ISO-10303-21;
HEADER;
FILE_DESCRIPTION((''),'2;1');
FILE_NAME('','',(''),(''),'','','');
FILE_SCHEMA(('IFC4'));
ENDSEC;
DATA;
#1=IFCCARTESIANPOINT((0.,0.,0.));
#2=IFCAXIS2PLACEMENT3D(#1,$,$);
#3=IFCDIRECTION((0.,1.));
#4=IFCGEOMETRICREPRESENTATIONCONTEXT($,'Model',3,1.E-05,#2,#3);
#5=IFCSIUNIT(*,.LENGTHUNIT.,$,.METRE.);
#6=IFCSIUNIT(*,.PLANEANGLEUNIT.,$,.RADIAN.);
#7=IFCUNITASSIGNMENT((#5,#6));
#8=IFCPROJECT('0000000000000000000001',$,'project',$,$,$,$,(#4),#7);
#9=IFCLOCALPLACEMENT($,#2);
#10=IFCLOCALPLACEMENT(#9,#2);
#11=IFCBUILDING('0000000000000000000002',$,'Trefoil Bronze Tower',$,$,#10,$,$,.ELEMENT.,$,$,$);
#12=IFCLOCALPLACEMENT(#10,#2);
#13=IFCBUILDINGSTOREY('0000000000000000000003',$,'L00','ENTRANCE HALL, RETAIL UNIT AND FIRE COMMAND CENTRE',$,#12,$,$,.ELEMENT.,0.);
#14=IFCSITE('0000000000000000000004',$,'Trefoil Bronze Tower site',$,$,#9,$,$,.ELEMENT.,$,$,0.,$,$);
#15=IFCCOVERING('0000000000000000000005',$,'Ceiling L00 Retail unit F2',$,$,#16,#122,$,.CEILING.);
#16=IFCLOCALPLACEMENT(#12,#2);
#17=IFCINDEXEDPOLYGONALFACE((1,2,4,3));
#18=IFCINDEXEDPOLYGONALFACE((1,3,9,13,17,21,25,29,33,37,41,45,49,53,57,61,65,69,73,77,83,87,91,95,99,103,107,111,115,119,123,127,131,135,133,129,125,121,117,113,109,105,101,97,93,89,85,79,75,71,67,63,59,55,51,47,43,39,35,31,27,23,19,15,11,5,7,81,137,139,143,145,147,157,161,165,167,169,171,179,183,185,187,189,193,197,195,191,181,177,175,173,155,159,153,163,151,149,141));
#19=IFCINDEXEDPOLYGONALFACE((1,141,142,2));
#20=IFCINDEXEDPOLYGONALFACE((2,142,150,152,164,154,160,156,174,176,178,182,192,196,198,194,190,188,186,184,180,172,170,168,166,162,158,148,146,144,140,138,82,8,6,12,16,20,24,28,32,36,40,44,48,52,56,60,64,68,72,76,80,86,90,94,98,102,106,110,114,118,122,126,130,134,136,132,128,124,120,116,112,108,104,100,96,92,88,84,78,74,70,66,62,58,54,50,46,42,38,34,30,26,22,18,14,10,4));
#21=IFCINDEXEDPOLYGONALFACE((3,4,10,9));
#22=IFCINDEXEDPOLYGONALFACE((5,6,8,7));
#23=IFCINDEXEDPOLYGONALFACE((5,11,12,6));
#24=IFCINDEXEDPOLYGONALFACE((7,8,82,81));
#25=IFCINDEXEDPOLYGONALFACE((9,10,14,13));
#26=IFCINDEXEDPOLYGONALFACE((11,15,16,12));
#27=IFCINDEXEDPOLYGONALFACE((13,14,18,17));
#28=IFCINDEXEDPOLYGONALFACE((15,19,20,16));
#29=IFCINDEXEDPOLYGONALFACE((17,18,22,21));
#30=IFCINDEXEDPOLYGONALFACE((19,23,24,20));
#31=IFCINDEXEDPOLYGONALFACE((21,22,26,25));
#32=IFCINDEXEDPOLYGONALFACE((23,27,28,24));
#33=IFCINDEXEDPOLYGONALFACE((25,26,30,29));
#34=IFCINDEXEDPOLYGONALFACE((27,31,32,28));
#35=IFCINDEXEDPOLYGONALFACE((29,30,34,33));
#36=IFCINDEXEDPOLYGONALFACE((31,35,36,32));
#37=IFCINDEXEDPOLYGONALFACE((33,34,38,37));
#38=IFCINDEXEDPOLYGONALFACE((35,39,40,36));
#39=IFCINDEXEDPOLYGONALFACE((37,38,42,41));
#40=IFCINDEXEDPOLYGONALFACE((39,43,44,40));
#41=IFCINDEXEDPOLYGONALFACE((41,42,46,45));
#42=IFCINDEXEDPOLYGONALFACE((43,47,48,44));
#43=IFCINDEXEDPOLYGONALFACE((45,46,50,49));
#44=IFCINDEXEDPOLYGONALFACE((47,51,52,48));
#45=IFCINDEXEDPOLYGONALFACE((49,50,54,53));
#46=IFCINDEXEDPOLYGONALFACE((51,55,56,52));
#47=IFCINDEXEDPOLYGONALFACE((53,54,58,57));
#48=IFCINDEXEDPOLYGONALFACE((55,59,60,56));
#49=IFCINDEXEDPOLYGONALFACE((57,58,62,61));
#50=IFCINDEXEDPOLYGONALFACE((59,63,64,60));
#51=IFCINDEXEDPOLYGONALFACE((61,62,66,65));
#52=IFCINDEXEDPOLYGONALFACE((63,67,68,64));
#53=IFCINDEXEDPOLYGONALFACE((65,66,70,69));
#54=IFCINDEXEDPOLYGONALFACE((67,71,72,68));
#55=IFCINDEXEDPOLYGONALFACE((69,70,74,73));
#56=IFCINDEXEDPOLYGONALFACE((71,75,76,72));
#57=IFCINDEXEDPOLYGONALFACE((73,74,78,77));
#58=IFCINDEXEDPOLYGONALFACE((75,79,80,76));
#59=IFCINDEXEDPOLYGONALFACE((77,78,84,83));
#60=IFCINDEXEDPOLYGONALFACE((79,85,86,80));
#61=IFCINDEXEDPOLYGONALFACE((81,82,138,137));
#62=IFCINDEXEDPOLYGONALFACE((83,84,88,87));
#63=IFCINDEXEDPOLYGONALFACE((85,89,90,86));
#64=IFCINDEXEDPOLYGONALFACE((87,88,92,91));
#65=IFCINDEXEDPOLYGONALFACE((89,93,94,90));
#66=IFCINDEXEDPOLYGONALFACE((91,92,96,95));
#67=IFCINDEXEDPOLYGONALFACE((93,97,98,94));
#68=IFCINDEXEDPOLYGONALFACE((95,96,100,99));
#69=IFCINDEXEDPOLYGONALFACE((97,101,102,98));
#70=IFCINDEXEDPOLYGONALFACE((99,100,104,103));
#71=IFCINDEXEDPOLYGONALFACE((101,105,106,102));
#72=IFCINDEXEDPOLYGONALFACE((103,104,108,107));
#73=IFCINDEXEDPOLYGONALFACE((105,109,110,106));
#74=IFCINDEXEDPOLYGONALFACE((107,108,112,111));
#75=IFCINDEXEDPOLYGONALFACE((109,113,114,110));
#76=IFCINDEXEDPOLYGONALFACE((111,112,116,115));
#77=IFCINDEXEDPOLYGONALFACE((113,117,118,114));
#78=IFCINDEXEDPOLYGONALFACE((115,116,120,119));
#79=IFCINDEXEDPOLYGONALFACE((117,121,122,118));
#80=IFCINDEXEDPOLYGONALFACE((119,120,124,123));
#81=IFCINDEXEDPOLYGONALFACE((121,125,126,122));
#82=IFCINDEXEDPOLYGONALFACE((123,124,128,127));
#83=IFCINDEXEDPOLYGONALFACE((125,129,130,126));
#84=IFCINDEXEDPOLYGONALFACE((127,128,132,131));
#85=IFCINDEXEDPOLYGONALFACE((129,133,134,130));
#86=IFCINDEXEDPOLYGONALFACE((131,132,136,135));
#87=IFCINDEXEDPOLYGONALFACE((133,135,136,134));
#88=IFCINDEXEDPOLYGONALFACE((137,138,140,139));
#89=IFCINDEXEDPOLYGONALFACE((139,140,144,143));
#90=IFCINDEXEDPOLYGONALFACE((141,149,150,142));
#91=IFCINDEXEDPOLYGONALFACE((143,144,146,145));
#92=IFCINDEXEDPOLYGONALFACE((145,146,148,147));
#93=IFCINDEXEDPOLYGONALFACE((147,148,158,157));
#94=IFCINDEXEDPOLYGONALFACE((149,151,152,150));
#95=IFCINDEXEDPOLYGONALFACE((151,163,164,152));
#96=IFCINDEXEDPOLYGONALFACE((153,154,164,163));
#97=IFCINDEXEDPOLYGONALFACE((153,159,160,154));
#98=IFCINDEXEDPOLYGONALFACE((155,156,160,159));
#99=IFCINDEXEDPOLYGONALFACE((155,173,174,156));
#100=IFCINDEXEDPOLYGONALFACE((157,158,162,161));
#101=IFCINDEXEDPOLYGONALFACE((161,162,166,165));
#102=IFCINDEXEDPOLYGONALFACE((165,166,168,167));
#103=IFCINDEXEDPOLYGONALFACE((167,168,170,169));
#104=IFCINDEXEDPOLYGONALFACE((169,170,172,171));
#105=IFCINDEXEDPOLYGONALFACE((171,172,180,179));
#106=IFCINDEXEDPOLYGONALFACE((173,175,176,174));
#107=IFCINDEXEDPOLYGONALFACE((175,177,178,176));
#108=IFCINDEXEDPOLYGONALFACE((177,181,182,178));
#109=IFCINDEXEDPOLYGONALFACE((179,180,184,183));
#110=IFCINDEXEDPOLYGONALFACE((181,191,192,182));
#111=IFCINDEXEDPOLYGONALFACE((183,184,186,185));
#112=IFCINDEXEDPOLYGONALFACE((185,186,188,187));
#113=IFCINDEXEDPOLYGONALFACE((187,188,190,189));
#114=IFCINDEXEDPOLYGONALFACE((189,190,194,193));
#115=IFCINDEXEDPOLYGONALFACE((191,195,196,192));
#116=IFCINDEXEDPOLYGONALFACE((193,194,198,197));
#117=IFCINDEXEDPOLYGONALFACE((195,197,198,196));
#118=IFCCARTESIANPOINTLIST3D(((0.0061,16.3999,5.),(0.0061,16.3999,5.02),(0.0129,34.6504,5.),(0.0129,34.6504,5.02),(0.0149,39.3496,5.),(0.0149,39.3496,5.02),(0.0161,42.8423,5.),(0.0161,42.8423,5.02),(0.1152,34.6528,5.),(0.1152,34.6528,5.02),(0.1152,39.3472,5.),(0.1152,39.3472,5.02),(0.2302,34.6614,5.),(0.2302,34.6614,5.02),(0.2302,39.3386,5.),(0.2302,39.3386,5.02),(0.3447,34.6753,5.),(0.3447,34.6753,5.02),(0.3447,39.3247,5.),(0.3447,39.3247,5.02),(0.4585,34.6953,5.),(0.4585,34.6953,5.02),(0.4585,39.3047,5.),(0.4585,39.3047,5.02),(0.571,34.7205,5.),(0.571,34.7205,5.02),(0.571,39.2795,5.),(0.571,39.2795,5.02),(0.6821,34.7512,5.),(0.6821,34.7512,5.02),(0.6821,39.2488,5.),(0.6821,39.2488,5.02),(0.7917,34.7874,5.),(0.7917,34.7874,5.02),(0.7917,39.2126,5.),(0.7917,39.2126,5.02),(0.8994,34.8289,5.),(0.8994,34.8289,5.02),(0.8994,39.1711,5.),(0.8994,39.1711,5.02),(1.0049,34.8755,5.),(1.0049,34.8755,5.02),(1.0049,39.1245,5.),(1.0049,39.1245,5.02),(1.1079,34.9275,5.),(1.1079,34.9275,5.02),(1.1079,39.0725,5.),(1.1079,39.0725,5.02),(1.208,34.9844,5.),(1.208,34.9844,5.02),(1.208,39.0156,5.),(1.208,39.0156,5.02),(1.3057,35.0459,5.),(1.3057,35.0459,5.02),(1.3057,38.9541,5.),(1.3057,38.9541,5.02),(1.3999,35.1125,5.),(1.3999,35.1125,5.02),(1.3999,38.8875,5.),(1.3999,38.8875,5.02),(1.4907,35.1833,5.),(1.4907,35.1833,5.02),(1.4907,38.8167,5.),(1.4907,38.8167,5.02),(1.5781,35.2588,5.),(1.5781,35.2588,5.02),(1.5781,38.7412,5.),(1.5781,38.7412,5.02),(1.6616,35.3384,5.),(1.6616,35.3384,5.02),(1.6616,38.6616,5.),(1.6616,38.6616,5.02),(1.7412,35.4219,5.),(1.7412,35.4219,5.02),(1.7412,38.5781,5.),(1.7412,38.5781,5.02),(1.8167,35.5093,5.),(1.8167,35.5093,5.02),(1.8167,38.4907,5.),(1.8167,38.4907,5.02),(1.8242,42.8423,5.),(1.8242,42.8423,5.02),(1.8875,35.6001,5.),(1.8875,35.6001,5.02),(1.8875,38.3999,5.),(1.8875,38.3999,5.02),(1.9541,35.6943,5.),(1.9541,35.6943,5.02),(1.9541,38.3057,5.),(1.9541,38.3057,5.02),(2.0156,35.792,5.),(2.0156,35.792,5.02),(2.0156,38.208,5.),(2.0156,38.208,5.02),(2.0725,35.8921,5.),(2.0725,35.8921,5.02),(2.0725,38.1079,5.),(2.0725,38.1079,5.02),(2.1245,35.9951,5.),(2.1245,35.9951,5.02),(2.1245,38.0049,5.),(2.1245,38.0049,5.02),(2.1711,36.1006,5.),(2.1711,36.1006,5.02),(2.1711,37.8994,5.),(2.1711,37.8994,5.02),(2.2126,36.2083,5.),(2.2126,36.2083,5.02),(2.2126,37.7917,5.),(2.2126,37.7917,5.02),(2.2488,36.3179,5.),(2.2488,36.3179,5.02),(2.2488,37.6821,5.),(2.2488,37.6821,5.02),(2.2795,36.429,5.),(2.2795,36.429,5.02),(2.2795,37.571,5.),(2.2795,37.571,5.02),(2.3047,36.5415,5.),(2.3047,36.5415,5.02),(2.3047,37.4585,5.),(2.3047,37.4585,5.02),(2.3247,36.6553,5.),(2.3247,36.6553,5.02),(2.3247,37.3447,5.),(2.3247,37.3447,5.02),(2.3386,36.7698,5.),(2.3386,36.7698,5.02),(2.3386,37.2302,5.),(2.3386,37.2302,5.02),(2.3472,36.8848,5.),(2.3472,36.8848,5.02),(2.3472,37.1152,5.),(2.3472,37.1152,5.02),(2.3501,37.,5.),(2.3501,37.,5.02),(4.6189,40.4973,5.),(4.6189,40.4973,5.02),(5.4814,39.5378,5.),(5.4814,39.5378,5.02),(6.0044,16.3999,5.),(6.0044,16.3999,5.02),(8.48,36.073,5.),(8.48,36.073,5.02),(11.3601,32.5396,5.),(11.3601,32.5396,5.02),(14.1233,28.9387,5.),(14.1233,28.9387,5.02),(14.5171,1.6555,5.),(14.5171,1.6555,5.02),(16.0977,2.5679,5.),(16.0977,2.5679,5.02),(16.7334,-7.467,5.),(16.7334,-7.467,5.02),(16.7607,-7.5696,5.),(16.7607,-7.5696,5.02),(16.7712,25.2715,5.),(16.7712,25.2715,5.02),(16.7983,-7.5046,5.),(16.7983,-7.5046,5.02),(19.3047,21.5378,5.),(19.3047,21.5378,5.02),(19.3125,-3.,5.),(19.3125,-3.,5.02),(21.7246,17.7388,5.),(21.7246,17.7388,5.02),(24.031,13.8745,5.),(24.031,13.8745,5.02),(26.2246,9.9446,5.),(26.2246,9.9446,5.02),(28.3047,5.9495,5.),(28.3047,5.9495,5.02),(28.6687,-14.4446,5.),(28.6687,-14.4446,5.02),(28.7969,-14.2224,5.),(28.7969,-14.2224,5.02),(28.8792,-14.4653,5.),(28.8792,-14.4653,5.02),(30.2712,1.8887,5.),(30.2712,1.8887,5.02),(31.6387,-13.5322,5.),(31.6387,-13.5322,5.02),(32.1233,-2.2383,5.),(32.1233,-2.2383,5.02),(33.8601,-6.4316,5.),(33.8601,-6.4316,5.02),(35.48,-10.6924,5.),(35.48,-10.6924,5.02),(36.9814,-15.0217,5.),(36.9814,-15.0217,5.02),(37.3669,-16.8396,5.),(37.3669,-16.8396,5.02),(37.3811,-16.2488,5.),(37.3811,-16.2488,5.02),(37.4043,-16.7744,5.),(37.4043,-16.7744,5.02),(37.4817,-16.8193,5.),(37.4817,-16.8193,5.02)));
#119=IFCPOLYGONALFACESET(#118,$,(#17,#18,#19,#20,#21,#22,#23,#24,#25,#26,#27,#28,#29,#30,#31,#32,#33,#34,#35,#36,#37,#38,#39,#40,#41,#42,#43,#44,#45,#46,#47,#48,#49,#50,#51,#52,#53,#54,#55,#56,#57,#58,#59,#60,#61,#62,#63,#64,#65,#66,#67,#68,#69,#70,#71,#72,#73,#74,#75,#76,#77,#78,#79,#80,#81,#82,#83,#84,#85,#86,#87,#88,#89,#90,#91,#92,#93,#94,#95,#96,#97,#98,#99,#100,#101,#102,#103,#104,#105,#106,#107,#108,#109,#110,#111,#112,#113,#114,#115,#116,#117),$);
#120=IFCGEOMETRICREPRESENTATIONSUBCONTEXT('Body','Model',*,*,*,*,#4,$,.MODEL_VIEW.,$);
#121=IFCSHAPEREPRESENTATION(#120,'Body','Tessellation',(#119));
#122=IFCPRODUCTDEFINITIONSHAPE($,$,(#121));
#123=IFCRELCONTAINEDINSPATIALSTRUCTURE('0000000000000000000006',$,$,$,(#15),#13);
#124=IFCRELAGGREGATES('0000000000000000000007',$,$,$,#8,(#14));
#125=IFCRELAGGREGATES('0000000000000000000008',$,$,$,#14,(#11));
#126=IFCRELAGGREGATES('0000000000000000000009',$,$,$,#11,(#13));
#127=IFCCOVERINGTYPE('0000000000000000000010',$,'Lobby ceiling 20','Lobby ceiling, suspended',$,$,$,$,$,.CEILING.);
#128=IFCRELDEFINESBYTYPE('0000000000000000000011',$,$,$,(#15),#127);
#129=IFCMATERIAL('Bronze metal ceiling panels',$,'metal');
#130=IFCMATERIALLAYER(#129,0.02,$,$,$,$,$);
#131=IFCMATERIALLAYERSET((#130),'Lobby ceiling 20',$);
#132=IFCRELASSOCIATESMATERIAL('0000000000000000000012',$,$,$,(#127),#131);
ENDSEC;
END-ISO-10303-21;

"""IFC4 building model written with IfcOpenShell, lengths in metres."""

from ifc_helpers import new_model, si_unit, direction, frame, origin, place, context, subcontext, project, spatial, polyline, outline, extrude, material, layer, layer_set, type_object, element, save


model = new_model("IFC4")

# Units and contexts
model_context = context("Model", 3, precision=1e-05, world=origin(), true_north=direction((0.0, 1.0)))
body_context = subcontext(model_context, "Body", "Model", "MODEL_VIEW")
ifc_project = project(units=[si_unit("LENGTHUNIT", "METRE"), si_unit("PLANEANGLEUNIT", "RADIAN")], contexts=[model_context])

# Site, building, storey
site_placement = place(None, origin())
site = spatial("IfcSite", under=ifc_project, at=site_placement, Name="Trefoil Bronze Tower site", CompositionType="ELEMENT", RefElevation=0.0)
building_placement = place(site_placement, origin())
building = spatial("IfcBuilding", under=site, at=building_placement, Name="Trefoil Bronze Tower", CompositionType="ELEMENT")
storey_placement = place(building_placement, origin())
storey = spatial("IfcBuildingStorey", under=building, at=storey_placement, Name="L00", Description="ENTRANCE HALL, RETAIL UNIT AND FIRE COMMAND CENTRE", CompositionType="ELEMENT", Elevation=0.0)

# Covering
ifc_material_1 = material(Name="Bronze metal ceiling panels", Category="metal")
ifc_layer_1 = layer(ifc_material_1, 0.02)
ifc_layer_set_1 = layer_set([ifc_layer_1], Name="Lobby ceiling 20")
covering_type = type_object("IfcCoveringType", Name="Lobby ceiling 20", Description="Lobby ceiling, suspended", PredefinedType="CEILING", material=ifc_layer_set_1)
covering_1_placement = place(storey_placement, frame((0.0, 0.0, 5.0)))
element("IfcCovering", 1, at=covering_1_placement, inside=storey, type_object=covering_type, Name="Ceiling L00 Retail unit F2", PredefinedType="CEILING", context=body_context, shape_type="SweptSolid", body=[
    extrude(outline(polyline([(8.48, 36.073), (11.3601, 32.5396), (14.1233, 28.9387), (16.7712, 25.2715), (19.3047, 21.5378), (21.7246, 17.7388), (24.031, 13.8745), (26.2246, 9.9446), (28.3047, 5.9495), (30.2712, 1.8887), (32.1233, -2.2383), (33.8601, -6.4316), (35.48, -10.6924), (36.9814, -15.0217), (37.3811, -16.2488), (37.4817, -16.8193), (37.4043, -16.7744), (37.3669, -16.8396), (31.6387, -13.5322), (28.8792, -14.4653), (28.7969, -14.2224), (28.6687, -14.4446), (16.7607, -7.5696), (16.7983, -7.5046), (16.7334, -7.467), (19.3125, -3.0), (16.0977, 2.5679), (14.5171, 1.6555), (6.0044, 16.3999), (0.0061, 16.3999), (0.0129, 34.6504), (0.1152, 34.6528), (0.2302, 34.6614), (0.3447, 34.6753), (0.4585, 34.6953), (0.571, 34.7205), (0.6821, 34.7512), (0.7917, 34.7874), (0.8994, 34.8289), (1.0049, 34.8755), (1.1079, 34.9275), (1.208, 34.9844), (1.3057, 35.0459), (1.3999, 35.1125), (1.4907, 35.1833), (1.5781, 35.2588), (1.6616, 35.3384), (1.7412, 35.4219), (1.8167, 35.5093), (1.8875, 35.6001), (1.9541, 35.6943), (2.0156, 35.792), (2.0725, 35.8921), (2.1245, 35.9951), (2.1711, 36.1006), (2.2126, 36.2083), (2.2488, 36.3179), (2.2795, 36.429), (2.3047, 36.5415), (2.3247, 36.6553), (2.3386, 36.7698), (2.3472, 36.8848), (2.3501, 37.0), (2.3472, 37.1152), (2.3386, 37.2302), (2.3247, 37.3447), (2.3047, 37.4585), (2.2795, 37.571), (2.2488, 37.6821), (2.2126, 37.7917), (2.1711, 37.8994), (2.1245, 38.0049), (2.0725, 38.1079), (2.0156, 38.208), (1.9541, 38.3057), (1.8875, 38.3999), (1.8167, 38.4907), (1.7412, 38.5781), (1.6616, 38.6616), (1.5781, 38.7412), (1.4907, 38.8167), (1.3999, 38.8875), (1.3057, 38.9541), (1.208, 39.0156), (1.1079, 39.0725), (1.0049, 39.1245), (0.8994, 39.1711), (0.7917, 39.2126), (0.6821, 39.2488), (0.571, 39.2795), (0.4585, 39.3047), (0.3447, 39.3247), (0.2302, 39.3386), (0.1152, 39.3472), (0.0149, 39.3496), (0.0161, 42.8423), (1.8242, 42.8423), (4.6189, 40.4973), (5.4814, 39.5378), (8.48, 36.073)])), origin(), (0.0, 0.0, 1.0), 0.02),
])

save(model, "model.ifc")
